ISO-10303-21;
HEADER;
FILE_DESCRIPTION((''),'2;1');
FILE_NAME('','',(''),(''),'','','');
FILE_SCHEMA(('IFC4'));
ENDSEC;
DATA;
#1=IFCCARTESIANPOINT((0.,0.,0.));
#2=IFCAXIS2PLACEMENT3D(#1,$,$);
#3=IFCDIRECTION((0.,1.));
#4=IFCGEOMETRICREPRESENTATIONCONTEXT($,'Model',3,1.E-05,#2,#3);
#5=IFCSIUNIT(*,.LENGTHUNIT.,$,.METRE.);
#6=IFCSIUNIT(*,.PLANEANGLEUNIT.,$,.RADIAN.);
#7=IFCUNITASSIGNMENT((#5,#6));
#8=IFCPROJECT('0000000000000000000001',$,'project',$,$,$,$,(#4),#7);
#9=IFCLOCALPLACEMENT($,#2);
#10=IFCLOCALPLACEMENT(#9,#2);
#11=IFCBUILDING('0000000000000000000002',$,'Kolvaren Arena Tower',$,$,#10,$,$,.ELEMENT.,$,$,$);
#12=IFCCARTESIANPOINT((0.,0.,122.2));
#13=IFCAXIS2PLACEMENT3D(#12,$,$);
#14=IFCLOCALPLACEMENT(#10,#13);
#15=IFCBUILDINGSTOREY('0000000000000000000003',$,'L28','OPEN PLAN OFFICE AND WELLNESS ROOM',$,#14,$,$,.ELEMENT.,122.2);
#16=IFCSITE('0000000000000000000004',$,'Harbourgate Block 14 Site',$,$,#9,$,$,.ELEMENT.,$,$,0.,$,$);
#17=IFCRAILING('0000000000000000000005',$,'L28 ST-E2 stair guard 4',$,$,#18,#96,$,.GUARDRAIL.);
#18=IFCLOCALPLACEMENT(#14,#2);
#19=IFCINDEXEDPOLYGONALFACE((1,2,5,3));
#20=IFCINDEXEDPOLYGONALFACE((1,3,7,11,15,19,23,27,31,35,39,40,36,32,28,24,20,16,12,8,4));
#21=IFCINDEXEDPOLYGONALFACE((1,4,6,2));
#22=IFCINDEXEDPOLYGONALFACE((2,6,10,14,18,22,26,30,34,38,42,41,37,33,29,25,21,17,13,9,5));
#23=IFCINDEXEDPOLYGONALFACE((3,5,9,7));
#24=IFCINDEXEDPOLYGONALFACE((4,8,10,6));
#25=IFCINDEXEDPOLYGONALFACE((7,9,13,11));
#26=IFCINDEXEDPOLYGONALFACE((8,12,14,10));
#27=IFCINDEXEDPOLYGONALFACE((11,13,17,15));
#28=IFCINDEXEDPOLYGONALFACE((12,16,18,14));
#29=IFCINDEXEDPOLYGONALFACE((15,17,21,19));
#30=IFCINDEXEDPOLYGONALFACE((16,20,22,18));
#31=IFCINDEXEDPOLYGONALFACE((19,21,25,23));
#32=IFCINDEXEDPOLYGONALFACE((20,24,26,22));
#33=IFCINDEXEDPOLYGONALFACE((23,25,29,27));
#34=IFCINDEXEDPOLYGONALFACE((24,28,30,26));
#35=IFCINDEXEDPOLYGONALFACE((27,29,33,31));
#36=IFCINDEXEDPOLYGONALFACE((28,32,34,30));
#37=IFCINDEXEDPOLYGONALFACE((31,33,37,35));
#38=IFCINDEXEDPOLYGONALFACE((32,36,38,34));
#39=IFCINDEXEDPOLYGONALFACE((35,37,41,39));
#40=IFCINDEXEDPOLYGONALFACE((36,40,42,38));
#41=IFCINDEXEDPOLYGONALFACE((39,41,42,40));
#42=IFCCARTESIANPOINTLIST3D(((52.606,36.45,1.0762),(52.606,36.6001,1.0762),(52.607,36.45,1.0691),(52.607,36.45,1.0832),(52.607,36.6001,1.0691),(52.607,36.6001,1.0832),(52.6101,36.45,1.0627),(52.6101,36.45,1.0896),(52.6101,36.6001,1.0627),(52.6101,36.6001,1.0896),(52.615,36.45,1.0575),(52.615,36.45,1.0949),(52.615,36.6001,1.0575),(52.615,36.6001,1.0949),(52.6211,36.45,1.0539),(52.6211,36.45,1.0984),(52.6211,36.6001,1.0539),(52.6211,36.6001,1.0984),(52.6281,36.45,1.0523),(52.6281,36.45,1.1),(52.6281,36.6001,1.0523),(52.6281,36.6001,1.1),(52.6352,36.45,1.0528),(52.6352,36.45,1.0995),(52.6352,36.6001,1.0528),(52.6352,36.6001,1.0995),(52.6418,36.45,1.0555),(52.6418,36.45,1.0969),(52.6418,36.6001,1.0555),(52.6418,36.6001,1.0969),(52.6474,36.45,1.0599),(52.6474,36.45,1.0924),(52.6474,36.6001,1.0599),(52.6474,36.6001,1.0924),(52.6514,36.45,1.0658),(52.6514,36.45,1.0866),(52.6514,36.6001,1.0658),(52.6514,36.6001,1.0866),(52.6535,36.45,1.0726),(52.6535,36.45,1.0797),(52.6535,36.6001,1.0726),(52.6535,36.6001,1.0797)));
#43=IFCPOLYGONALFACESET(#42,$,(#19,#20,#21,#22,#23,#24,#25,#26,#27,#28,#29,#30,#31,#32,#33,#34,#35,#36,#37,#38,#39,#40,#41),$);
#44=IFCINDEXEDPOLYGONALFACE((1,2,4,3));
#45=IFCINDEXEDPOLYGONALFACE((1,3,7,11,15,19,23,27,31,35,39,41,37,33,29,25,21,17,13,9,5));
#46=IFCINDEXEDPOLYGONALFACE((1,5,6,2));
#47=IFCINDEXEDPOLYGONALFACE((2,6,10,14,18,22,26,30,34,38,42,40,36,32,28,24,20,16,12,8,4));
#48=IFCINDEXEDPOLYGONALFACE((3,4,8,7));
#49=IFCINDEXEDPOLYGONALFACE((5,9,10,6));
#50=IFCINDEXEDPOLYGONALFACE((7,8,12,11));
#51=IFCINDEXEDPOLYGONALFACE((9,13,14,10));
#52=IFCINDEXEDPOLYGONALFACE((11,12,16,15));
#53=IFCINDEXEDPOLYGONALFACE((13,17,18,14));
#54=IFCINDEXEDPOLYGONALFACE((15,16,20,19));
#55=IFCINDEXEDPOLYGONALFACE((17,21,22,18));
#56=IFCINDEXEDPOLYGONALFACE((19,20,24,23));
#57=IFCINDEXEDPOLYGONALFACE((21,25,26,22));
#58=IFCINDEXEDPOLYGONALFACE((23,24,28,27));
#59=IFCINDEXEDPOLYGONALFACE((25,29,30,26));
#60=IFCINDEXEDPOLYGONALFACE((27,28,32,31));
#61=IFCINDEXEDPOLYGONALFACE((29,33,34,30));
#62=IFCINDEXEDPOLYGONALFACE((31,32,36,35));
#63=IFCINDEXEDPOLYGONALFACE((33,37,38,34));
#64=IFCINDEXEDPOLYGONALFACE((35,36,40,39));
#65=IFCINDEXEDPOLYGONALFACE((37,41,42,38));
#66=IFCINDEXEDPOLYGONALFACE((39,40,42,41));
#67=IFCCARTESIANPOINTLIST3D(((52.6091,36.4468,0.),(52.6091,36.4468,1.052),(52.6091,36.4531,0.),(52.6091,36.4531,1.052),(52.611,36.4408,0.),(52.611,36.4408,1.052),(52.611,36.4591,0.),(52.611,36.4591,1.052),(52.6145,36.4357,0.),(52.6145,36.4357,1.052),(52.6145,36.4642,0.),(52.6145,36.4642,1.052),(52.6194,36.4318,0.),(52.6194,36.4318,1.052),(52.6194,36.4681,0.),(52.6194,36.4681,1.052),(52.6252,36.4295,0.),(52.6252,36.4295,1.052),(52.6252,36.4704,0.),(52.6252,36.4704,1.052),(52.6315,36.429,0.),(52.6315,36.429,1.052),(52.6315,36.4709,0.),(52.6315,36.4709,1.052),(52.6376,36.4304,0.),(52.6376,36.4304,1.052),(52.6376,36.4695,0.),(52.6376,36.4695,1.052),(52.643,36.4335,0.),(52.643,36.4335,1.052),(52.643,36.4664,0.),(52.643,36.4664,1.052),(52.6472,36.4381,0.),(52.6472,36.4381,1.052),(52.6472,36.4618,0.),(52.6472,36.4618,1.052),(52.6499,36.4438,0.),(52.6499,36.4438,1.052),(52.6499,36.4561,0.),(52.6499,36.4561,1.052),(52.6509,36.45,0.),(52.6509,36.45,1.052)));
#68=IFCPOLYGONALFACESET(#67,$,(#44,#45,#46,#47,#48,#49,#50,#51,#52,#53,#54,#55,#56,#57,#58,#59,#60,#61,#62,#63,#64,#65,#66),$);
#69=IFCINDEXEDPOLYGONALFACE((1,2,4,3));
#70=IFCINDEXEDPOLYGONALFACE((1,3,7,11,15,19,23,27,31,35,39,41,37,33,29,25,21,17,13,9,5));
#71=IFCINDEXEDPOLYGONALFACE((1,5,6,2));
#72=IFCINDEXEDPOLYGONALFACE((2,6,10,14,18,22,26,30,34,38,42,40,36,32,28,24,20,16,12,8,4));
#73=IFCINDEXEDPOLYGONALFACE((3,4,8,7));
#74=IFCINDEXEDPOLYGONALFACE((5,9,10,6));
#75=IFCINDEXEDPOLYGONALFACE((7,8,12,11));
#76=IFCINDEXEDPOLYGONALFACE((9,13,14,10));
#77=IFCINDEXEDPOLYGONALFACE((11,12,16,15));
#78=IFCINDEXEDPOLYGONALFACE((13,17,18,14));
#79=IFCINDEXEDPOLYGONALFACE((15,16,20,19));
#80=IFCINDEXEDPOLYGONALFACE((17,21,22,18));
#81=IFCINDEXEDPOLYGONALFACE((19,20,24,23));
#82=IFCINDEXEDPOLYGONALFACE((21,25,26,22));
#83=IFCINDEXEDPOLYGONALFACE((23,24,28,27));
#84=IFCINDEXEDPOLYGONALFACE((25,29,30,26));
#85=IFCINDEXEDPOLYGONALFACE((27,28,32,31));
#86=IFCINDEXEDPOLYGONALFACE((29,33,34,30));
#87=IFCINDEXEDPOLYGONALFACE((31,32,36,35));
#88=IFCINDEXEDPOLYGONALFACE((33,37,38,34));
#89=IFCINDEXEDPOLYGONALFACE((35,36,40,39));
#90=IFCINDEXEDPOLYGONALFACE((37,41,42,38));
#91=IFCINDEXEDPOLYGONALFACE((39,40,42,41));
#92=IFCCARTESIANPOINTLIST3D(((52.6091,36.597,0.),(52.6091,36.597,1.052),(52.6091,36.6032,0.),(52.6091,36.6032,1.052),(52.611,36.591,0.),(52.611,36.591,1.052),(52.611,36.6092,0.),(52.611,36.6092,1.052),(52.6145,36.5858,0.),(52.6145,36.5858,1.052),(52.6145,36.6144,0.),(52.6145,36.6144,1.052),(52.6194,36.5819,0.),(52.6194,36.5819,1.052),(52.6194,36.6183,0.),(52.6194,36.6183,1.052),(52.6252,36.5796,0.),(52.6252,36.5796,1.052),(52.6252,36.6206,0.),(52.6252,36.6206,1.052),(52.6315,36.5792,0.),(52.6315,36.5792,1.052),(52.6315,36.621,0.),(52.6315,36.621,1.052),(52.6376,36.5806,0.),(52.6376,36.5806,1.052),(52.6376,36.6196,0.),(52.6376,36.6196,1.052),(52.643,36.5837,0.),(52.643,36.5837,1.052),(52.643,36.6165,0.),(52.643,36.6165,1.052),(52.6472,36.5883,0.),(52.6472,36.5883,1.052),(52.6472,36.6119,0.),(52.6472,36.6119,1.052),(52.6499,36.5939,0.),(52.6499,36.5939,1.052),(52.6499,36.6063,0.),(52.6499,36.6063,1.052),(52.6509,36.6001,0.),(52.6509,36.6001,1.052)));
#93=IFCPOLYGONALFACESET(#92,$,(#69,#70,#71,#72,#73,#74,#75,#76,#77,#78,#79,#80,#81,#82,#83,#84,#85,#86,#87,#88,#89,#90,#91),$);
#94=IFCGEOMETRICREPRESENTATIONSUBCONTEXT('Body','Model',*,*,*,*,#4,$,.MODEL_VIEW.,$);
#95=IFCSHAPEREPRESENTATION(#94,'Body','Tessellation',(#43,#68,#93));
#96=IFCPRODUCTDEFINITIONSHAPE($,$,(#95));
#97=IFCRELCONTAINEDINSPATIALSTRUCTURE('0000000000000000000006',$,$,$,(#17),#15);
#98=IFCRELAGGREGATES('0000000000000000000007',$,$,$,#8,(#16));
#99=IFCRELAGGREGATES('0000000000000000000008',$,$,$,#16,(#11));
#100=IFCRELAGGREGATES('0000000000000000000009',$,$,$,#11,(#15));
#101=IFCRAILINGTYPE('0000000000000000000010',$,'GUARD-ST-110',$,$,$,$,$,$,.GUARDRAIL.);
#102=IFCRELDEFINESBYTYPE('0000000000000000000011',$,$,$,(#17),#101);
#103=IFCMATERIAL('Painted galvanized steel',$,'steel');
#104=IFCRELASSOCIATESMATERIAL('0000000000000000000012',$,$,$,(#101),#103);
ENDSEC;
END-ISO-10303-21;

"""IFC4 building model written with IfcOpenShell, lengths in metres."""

from ifc_helpers import new_model, si_unit, direction, frame, origin, origin_2d, place, context, subcontext, project, spatial, circle, extrude, material, type_object, element, save


model = new_model("IFC4")

# Units and contexts
model_context = context("Model", 3, precision=1e-05, world=origin(), true_north=direction((0.0, 1.0)))
body_context = subcontext(model_context, "Body", "Model", "MODEL_VIEW")
ifc_project = project(units=[si_unit("LENGTHUNIT", "METRE"), si_unit("PLANEANGLEUNIT", "RADIAN")], contexts=[model_context])

# Site, building, storey
site_placement = place(None, origin())
site = spatial("IfcSite", under=ifc_project, at=site_placement, Name="Harbourgate Block 14 Site", CompositionType="ELEMENT", RefElevation=0.0)
building_placement = place(site_placement, origin())
building = spatial("IfcBuilding", under=site, at=building_placement, Name="Kolvaren Arena Tower", CompositionType="ELEMENT")
storey_placement = place(building_placement, frame((0.0, 0.0, 122.2)))
storey = spatial("IfcBuildingStorey", under=building, at=storey_placement, Name="L28", Description="OPEN PLAN OFFICE AND WELLNESS ROOM", CompositionType="ELEMENT", Elevation=122.2)

# Railing
ifc_material_1 = material(Name="Painted galvanized steel", Category="steel")
railing_type_1 = type_object("IfcRailingType", Name="GUARD-ST-110", PredefinedType="GUARDRAIL", material=ifc_material_1)
railing_1_placement = place(storey_placement, frame((52.6299, 36.45, 0.0)))
element("IfcRailing", 1, at=railing_1_placement, inside=storey, type_object=railing_type_1, Name="L28 ST-E2 stair guard 4", PredefinedType="GUARDRAIL", context=body_context, shape_type="SweptSolid", body=[
    extrude(circle(Radius=0.0239, at=origin_2d()), frame((0.0, 0.0, 1.0762), z_axis=(0.0, 1.0, 0.0), x_axis=(-1.0, 0.0, 0.0)), (0.0, 0.0, 1.0), 0.1501),
    extrude(circle(Radius=0.021, at=origin_2d()), origin(), (0.0, 0.0, 1.0), 1.052),
    extrude(circle(Radius=0.021, at=origin_2d()), frame((0.0, 0.1501, 0.0)), (0.0, 0.0, 1.0), 1.052),
])

save(model, "model.ifc")
